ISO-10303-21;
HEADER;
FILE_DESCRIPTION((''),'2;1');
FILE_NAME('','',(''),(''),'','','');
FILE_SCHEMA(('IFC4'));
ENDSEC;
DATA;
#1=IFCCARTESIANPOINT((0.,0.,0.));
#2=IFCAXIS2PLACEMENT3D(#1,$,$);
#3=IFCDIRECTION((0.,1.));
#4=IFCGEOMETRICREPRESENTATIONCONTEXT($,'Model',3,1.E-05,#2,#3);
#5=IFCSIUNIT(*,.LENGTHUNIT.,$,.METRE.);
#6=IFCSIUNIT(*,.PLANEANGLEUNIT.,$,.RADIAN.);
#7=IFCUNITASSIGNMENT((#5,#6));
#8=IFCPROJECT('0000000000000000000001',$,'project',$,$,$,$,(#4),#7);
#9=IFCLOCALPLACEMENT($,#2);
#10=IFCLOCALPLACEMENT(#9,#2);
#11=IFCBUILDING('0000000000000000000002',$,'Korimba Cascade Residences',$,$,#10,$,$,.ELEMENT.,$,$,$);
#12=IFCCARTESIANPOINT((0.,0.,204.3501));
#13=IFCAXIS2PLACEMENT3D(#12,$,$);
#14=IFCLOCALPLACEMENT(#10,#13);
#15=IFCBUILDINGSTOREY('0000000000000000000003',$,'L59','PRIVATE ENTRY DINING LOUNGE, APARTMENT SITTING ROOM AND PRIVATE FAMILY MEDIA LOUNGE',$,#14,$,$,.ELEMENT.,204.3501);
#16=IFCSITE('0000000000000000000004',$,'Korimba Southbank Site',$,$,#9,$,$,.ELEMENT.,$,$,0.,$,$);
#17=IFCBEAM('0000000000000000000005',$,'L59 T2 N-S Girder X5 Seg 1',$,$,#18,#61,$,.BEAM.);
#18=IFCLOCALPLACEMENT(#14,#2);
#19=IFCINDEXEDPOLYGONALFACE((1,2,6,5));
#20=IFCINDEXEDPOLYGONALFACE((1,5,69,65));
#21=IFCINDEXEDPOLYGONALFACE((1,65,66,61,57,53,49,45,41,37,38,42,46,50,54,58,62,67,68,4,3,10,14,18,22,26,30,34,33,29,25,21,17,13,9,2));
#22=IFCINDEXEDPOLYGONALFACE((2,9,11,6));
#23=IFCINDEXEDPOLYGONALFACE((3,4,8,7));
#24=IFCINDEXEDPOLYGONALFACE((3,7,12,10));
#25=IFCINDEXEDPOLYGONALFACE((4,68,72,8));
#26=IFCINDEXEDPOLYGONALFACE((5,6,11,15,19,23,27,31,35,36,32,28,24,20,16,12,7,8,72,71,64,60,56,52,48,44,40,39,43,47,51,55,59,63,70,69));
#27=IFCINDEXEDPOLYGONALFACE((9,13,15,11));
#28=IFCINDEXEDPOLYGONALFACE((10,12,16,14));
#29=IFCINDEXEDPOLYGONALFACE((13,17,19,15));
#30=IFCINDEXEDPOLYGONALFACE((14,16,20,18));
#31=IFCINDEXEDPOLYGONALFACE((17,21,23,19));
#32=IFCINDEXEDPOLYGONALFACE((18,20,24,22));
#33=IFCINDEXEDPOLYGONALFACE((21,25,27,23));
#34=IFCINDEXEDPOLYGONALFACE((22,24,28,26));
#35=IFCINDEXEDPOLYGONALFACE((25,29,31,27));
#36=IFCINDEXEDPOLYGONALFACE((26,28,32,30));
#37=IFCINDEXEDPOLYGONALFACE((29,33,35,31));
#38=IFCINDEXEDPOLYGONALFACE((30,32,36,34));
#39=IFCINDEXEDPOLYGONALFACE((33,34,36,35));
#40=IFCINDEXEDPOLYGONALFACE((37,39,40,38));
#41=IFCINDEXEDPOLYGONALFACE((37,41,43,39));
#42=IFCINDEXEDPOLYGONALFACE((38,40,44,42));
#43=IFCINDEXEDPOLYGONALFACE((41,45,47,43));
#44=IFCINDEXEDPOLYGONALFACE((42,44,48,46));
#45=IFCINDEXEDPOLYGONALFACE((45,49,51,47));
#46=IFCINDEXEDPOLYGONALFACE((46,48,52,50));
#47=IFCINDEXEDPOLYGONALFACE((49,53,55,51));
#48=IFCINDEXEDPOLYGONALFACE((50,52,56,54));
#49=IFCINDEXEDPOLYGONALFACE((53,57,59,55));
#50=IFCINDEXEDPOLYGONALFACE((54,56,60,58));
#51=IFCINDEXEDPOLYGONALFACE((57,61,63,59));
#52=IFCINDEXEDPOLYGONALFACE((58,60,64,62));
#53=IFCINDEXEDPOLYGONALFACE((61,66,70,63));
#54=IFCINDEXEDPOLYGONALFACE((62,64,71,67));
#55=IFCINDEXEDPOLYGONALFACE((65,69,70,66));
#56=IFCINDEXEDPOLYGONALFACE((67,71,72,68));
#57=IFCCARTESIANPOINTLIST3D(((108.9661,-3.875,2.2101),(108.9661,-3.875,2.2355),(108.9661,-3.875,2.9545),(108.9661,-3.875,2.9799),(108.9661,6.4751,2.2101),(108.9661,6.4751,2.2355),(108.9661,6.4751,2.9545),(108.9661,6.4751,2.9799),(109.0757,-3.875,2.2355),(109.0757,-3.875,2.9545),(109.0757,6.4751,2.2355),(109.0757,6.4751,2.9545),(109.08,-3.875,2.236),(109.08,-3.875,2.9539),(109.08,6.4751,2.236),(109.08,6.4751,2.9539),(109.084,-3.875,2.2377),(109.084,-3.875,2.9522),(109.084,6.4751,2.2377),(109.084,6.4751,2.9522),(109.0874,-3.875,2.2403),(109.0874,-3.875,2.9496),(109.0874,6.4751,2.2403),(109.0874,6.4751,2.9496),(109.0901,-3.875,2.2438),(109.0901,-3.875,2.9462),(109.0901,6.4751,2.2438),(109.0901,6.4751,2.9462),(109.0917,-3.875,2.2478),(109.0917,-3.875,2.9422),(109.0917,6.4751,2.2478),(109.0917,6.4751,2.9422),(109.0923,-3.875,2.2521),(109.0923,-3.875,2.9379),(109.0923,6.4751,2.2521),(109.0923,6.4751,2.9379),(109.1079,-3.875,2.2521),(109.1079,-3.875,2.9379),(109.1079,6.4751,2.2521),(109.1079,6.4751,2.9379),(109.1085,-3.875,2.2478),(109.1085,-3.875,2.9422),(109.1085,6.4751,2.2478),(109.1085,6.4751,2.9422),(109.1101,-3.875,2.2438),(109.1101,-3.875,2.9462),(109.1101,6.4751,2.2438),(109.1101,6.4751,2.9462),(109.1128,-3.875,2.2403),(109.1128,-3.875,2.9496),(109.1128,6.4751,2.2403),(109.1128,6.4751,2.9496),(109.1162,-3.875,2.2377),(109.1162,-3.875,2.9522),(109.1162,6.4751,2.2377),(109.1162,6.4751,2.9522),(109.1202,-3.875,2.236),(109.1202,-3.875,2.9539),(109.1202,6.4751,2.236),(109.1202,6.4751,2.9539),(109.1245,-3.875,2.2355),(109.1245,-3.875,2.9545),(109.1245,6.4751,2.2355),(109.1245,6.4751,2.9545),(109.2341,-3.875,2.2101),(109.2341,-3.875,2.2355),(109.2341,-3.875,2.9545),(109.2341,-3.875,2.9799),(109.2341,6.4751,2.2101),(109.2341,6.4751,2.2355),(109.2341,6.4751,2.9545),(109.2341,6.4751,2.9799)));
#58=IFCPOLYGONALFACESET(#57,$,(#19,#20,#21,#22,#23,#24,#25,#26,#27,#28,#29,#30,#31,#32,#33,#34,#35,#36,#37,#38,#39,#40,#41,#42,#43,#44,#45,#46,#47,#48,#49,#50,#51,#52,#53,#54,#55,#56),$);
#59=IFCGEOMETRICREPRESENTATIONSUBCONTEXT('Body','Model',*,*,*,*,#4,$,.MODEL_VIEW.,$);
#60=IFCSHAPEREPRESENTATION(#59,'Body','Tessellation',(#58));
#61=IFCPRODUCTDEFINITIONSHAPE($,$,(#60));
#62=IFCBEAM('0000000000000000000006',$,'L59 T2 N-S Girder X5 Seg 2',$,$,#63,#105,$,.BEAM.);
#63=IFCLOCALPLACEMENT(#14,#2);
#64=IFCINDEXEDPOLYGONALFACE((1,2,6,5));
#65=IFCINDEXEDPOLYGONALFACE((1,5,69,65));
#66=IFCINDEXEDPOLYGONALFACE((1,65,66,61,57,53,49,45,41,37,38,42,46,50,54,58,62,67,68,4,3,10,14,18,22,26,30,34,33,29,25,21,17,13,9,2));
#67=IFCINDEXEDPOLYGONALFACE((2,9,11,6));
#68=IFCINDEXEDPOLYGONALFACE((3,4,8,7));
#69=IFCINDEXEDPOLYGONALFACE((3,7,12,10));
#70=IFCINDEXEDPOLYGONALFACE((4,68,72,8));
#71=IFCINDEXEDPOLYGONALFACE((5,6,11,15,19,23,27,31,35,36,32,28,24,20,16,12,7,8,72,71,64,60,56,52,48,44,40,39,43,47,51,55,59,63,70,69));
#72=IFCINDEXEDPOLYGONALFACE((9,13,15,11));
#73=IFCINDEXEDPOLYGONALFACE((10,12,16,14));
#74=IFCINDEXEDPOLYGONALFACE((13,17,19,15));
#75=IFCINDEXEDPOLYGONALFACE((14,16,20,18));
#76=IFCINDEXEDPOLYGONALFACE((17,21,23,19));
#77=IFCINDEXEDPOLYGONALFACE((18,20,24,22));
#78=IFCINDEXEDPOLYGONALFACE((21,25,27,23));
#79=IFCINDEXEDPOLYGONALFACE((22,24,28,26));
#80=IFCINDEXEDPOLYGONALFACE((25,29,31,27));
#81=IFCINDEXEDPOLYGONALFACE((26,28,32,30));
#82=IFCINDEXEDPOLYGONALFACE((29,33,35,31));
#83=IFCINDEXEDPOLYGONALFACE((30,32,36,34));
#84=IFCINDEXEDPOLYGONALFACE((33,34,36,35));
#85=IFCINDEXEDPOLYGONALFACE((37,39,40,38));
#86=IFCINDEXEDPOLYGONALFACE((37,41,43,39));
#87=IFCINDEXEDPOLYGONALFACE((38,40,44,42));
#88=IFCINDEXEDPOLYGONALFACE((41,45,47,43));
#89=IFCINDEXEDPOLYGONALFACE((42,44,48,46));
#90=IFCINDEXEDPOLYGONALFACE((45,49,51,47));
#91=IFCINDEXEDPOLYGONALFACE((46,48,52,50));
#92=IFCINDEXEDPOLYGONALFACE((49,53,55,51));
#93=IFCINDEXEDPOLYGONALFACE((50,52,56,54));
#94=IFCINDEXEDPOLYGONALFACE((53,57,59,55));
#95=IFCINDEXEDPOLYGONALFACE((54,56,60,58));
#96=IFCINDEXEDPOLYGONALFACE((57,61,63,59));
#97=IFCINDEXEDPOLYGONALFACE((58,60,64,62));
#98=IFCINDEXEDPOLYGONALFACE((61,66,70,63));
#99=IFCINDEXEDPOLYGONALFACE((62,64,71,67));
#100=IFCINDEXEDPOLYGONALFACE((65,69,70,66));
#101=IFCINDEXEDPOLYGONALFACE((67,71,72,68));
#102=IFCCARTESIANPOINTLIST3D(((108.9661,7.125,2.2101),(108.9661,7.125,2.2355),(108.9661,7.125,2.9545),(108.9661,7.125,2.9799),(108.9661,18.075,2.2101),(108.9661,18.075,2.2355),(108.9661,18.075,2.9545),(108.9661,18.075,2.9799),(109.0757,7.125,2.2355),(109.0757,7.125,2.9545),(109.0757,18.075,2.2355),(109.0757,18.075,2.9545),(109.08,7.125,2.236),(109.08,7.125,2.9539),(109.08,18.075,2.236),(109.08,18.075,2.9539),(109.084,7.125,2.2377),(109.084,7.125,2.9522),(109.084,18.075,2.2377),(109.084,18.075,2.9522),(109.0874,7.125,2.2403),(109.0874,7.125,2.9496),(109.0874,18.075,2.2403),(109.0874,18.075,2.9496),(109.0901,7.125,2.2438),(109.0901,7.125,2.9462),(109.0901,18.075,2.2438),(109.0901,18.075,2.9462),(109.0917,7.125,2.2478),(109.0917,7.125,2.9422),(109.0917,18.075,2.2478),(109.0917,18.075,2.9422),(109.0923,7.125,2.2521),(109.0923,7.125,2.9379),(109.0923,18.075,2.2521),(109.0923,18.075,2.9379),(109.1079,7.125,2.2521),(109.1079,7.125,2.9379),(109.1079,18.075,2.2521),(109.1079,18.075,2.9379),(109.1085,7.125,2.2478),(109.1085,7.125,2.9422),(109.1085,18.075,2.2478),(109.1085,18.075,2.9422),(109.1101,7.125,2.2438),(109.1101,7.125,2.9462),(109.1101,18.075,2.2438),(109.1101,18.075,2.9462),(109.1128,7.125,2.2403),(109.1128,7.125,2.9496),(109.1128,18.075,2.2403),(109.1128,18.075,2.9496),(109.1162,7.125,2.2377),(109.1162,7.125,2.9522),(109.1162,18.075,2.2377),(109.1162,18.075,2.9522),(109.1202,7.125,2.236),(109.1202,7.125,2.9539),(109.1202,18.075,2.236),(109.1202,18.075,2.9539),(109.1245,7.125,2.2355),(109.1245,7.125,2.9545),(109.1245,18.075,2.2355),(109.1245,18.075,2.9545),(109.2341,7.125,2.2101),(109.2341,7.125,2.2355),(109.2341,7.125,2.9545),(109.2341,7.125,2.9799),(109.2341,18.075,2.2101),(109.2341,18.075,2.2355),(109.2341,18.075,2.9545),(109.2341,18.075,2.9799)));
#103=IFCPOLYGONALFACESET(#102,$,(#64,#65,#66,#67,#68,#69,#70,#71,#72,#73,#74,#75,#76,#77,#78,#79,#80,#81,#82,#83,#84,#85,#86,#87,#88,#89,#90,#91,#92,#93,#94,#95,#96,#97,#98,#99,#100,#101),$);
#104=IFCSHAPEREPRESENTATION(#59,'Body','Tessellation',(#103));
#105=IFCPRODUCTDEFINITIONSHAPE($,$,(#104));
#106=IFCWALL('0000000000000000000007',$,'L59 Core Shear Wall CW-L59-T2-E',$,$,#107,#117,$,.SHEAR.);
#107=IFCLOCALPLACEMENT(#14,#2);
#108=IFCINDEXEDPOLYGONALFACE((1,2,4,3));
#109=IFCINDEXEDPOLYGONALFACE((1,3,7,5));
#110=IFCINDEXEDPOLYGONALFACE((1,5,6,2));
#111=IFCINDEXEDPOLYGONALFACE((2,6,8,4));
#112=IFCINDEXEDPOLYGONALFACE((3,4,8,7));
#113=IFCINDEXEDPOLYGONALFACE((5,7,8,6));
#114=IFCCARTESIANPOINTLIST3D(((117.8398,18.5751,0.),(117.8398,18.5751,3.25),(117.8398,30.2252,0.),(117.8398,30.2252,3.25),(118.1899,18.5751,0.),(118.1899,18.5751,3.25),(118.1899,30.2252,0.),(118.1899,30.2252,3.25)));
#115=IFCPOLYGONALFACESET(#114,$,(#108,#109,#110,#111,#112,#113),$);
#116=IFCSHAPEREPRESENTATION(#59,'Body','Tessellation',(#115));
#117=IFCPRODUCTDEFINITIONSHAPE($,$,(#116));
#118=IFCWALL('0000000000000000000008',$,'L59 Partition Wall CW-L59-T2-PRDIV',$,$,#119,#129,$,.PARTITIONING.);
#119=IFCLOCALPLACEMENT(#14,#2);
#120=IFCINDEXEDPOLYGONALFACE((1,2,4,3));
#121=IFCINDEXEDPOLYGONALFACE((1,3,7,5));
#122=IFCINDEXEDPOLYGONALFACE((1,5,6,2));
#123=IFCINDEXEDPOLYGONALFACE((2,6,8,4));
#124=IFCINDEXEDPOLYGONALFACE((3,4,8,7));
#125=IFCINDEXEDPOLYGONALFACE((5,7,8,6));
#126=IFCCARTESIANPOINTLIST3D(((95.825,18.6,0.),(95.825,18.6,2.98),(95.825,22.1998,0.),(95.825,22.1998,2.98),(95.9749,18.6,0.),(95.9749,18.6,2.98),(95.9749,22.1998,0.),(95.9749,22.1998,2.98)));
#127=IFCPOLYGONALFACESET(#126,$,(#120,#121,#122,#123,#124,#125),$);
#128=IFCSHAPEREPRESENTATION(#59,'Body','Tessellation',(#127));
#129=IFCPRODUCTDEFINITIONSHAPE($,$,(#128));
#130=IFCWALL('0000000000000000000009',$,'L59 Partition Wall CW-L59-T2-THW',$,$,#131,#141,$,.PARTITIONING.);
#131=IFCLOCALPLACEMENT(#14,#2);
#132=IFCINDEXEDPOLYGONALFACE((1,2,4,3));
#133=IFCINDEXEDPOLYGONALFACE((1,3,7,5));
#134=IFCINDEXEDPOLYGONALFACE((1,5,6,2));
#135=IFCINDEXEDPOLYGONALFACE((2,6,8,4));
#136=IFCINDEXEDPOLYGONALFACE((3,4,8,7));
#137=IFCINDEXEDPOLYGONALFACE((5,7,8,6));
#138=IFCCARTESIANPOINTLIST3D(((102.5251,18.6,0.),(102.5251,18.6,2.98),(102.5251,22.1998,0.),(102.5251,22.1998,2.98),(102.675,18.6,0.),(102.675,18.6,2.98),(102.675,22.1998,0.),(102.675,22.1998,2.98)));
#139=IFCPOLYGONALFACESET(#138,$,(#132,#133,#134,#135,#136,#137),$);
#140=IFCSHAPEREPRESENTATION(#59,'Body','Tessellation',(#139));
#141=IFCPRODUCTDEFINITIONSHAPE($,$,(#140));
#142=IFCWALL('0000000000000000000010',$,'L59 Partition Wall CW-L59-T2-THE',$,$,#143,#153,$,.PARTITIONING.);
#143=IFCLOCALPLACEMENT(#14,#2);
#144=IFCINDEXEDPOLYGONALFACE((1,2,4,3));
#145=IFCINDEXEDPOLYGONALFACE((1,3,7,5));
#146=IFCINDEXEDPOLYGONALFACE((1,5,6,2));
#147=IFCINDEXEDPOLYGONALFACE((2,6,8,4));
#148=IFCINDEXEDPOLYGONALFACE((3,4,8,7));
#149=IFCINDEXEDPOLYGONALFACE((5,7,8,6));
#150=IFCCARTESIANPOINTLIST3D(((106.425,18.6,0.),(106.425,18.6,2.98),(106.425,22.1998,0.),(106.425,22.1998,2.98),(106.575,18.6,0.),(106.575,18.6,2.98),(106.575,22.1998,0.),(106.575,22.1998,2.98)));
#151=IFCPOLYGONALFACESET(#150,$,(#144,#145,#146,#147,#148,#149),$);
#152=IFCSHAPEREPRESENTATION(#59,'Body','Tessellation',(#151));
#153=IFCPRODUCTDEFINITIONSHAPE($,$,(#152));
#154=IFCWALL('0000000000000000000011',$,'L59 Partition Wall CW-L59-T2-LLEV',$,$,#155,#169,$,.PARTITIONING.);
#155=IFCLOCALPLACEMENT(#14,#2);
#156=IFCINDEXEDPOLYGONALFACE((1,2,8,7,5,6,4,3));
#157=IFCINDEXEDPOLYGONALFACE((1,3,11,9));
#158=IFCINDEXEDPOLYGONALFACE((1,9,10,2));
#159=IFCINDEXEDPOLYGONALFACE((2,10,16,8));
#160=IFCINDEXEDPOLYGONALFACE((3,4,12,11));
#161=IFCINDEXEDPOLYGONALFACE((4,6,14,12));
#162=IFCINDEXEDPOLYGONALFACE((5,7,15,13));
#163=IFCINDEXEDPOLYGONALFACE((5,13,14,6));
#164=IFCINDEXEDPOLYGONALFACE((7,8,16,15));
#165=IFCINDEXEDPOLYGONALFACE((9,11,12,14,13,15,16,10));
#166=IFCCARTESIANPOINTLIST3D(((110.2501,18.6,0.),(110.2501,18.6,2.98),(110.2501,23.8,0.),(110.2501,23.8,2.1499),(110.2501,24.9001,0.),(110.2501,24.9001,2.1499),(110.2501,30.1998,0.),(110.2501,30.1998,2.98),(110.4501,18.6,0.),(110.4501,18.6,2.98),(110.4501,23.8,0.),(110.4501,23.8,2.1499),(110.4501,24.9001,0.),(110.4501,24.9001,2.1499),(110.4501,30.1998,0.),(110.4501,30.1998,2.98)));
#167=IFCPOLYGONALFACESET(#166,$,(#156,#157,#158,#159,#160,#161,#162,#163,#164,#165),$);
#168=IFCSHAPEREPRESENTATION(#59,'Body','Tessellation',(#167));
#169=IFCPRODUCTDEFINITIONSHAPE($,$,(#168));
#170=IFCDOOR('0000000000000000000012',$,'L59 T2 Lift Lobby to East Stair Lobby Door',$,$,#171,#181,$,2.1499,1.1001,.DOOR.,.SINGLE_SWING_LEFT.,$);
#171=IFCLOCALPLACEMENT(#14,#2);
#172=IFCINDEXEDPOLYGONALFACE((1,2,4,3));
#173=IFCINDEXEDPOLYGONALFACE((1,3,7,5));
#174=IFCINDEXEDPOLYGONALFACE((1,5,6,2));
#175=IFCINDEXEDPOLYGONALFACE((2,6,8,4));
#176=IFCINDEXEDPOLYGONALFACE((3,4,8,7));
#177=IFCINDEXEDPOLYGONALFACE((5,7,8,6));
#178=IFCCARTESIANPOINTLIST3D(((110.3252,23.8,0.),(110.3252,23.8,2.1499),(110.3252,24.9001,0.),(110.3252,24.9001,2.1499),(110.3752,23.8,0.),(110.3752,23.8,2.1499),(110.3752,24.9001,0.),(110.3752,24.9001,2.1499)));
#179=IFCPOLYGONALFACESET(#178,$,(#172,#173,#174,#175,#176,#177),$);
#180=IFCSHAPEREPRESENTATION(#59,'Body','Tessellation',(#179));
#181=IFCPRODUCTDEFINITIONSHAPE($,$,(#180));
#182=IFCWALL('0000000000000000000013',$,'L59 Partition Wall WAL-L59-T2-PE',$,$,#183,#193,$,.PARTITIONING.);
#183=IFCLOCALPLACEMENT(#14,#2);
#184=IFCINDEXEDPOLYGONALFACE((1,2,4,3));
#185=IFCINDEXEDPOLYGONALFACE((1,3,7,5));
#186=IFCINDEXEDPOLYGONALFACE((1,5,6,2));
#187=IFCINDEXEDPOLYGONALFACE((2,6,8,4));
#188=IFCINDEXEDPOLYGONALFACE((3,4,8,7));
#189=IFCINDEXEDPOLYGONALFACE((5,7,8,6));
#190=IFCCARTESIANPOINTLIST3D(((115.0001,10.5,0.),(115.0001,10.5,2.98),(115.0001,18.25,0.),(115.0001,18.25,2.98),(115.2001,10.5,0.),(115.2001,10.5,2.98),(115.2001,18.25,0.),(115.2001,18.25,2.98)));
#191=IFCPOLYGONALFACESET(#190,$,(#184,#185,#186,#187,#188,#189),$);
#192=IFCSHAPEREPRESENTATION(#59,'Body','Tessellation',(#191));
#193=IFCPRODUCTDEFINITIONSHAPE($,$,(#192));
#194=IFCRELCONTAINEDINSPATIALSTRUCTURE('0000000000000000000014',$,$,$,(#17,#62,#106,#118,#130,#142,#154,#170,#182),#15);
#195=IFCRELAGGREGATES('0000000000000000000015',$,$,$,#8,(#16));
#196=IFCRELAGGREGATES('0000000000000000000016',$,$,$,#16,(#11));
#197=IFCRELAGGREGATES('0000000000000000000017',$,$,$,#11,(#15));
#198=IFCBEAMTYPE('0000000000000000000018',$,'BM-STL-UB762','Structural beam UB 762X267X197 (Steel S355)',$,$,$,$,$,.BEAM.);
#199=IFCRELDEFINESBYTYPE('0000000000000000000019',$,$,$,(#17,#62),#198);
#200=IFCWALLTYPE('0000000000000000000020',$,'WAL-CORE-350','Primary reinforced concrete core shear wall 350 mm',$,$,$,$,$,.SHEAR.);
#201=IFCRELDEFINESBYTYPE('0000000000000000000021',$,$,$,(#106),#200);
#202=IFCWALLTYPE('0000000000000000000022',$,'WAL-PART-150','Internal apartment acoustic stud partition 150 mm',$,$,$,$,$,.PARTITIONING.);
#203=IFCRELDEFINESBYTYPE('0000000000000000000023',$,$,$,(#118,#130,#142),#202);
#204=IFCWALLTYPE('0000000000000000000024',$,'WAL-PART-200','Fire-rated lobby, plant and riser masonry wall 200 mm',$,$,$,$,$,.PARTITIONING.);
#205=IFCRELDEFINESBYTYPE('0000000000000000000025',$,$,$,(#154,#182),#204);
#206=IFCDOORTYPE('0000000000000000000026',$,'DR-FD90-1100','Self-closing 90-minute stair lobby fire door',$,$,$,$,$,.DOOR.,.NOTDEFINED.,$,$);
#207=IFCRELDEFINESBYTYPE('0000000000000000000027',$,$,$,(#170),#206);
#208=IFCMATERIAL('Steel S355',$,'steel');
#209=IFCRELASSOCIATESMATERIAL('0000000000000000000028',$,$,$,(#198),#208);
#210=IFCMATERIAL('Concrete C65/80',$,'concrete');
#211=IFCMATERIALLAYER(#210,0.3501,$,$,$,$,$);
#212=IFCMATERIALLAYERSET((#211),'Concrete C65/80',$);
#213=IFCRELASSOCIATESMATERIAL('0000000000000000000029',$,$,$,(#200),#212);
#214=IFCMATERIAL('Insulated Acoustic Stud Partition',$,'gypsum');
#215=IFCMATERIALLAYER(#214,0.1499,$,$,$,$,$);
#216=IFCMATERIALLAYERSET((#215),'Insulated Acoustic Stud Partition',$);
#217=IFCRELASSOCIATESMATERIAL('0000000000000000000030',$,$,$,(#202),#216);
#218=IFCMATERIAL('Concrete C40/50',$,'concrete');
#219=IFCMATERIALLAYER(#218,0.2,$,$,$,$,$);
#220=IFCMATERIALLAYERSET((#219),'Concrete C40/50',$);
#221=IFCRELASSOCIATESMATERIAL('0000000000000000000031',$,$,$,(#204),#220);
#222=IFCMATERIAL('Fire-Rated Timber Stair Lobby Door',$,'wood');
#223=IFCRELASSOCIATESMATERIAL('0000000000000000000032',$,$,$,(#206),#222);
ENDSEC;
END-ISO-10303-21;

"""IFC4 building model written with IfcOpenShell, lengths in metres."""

from ifc_helpers import new_model, si_unit, direction, frame, frame_2d, origin, origin_2d, place, context, subcontext, project, spatial, rectangle, i_section, extrude, material, layer, layer_set, material_profile, profile_set, type_object, element, fill, save


model = new_model("IFC4")

# Units and contexts
model_context = context("Model", 3, precision=1e-05, world=origin(), true_north=direction((0.0, 1.0)))
body_context = subcontext(model_context, "Body", "Model", "MODEL_VIEW")
ifc_project = project(units=[si_unit("LENGTHUNIT", "METRE"), si_unit("PLANEANGLEUNIT", "RADIAN")], contexts=[model_context])

# Site, building, storey
site_placement = place(None, origin())
site = spatial("IfcSite", under=ifc_project, at=site_placement, Name="Korimba Southbank Site", CompositionType="ELEMENT", RefElevation=0.0)
building_placement = place(site_placement, origin())
building = spatial("IfcBuilding", under=site, at=building_placement, Name="Korimba Cascade Residences", CompositionType="ELEMENT")
storey_placement = place(building_placement, frame((0.0, 0.0, 204.3501)))
storey = spatial("IfcBuildingStorey", under=building, at=storey_placement, Name="L59", Description="PRIVATE ENTRY DINING LOUNGE, APARTMENT SITTING ROOM AND PRIVATE FAMILY MEDIA LOUNGE", CompositionType="ELEMENT", Elevation=204.3501)

# Beams
ifc_material_1 = material(Name="Steel S355", Category="steel")
ifc_material_profile_1 = material_profile(ifc_material_1, i_section(OverallWidth=0.2681, OverallDepth=0.7698, WebThickness=0.0156, FlangeThickness=0.0254, FilletRadius=0.0166, at=origin_2d()), Name="Steel S355")
ifc_profile_set_1 = profile_set([ifc_material_profile_1], Name="Steel S355")
beam_type_1 = type_object("IfcBeamType", Name="BM-STL-UB762", Description="Structural beam UB 762X267X197 (Steel S355)", PredefinedType="BEAM", material=ifc_profile_set_1)
beam_1_placement = place(storey_placement, frame((109.1001, -3.875, 2.595), z_axis=(0.0, 1.0, 0.0), x_axis=(-1.0, 0.0, 0.0)))
element("IfcBeam", 1, at=beam_1_placement, inside=storey, type_object=beam_type_1, Name="L59 T2 N-S Girder X5 Seg 1", PredefinedType="BEAM", context=body_context, shape_type="SweptSolid", body=[
    extrude(i_section(OverallWidth=0.2681, OverallDepth=0.7698, WebThickness=0.0156, FlangeThickness=0.0254, FilletRadius=0.0166, at=origin_2d()), origin(), (0.0, 0.0, 1.0), 10.3501),
])
beam_2_placement = place(storey_placement, frame((109.1001, 7.125, 2.595), z_axis=(0.0, 1.0, 0.0), x_axis=(-1.0, 0.0, 0.0)))
element("IfcBeam", 2, at=beam_2_placement, inside=storey, type_object=beam_type_1, Name="L59 T2 N-S Girder X5 Seg 2", PredefinedType="BEAM", context=body_context, shape_type="SweptSolid", body=[
    extrude(i_section(OverallWidth=0.2681, OverallDepth=0.7698, WebThickness=0.0156, FlangeThickness=0.0254, FilletRadius=0.0166, at=origin_2d()), origin(), (0.0, 0.0, 1.0), 10.95),
])

# Walls
ifc_material_2 = material(Name="Concrete C65/80", Category="concrete")
ifc_layer_1 = layer(ifc_material_2, 0.3501)
ifc_layer_set_1 = layer_set([ifc_layer_1], Name="Concrete C65/80")
wall_type_1 = type_object("IfcWallType", Name="WAL-CORE-350", Description="Primary reinforced concrete core shear wall 350 mm", PredefinedType="SHEAR", material=ifc_layer_set_1)
wall_1_placement = place(storey_placement, frame((118.0149, 18.575, 0.0), z_axis=(0.0, 0.0, 1.0), x_axis=(0.0, 1.0, 0.0)))
element("IfcWall", 3, at=wall_1_placement, inside=storey, type_object=wall_type_1, Name="L59 Core Shear Wall CW-L59-T2-E", PredefinedType="SHEAR", context=body_context, shape_type="SweptSolid", body=[
    extrude(rectangle(XDim=11.6501, YDim=0.3501, at=frame_2d((5.8252, 0.0))), origin(), (0.0, 0.0, 1.0), 3.25),
])
ifc_material_3 = material(Name="Insulated Acoustic Stud Partition", Category="gypsum")
ifc_layer_2 = layer(ifc_material_3, 0.1499)
ifc_layer_set_2 = layer_set([ifc_layer_2], Name="Insulated Acoustic Stud Partition")
wall_type_2 = type_object("IfcWallType", Name="WAL-PART-150", Description="Internal apartment acoustic stud partition 150 mm", PredefinedType="PARTITIONING", material=ifc_layer_set_2)
for number, where, z_axis, x_axis, name in (
    (4, (95.8999, 18.6001, 0.0), (0.0, 0.0, 1.0), (0.0, 1.0, 0.0), "L59 Partition Wall CW-L59-T2-PRDIV"),
    (5, (102.6001, 18.6001, 0.0), (0.0, 0.0, 1.0), (0.0, 1.0, 0.0), "L59 Partition Wall CW-L59-T2-THW"),
    (6, (106.5, 18.6001, 0.0), (0.0, 0.0, 1.0), (0.0, 1.0, 0.0), "L59 Partition Wall CW-L59-T2-THE"),
):
    element("IfcWall", number, at=place(storey_placement, frame(where, z_axis=z_axis, x_axis=x_axis)), inside=storey, type_object=wall_type_2, Name=name, PredefinedType="PARTITIONING", context=body_context, shape_type="SweptSolid", body=[
        extrude(rectangle(XDim=3.5999, YDim=0.1499, at=frame_2d((1.7998, 0.0))), origin(), (0.0, 0.0, 1.0), 2.98),
    ])

# Wall, opening, door
ifc_material_4 = material(Name="Concrete C40/50", Category="concrete")
ifc_layer_3 = layer(ifc_material_4, 0.2)
ifc_layer_set_3 = layer_set([ifc_layer_3], Name="Concrete C40/50")
wall_type_3 = type_object("IfcWallType", Name="WAL-PART-200", Description="Fire-rated lobby, plant and riser masonry wall 200 mm", PredefinedType="PARTITIONING", material=ifc_layer_set_3)
wall_2_placement = place(storey_placement, frame((110.3501, 18.6001, 0.0), z_axis=(0.0, 0.0, 1.0), x_axis=(0.0, 1.0, 0.0)))
wall_2 = element("IfcWall", 7, at=wall_2_placement, inside=storey, type_object=wall_type_3, Name="L59 Partition Wall CW-L59-T2-LLEV", PredefinedType="PARTITIONING", context=body_context, shape_type="SweptSolid", body=[
    extrude(rectangle(XDim=11.5999, YDim=0.2, at=frame_2d((5.7998, 0.0))), origin(), (0.0, 0.0, 1.0), 2.98),
])
opening_placement = place(wall_2_placement, frame((5.2, 0.0, 0.0)))
opening = element("IfcOpeningElement", 8, at=opening_placement, cuts=wall_2, PredefinedType="OPENING", context=body_context, shape_type="SweptSolid", body=[
    extrude(rectangle(XDim=1.1001, YDim=2.1499, at=frame_2d((0.55, 1.075))), frame((0.0, 0.1099, 0.0), z_axis=(0.0, -1.0, 0.0), x_axis=(1.0, 0.0, 0.0)), (0.0, 0.0, 1.0), 0.22),
])
ifc_material_5 = material(Name="Fire-Rated Timber Stair Lobby Door", Category="wood")
door_type = type_object("IfcDoorType", Name="DR-FD90-1100", Description="Self-closing 90-minute stair lobby fire door", OperationType="NOTDEFINED", PredefinedType="DOOR", material=ifc_material_5)
door_placement = place(opening_placement, origin())
door = element("IfcDoor", 9, at=door_placement, inside=storey, type_object=door_type, Name="L59 T2 Lift Lobby to East Stair Lobby Door", OperationType="SINGLE_SWING_LEFT", OverallHeight=2.1499, OverallWidth=1.1001, PredefinedType="DOOR", context=body_context, shape_type="SweptSolid", body=[
    extrude(rectangle(XDim=1.1001, YDim=2.1499, at=frame_2d((0.55, 1.075))), frame((0.0, 0.0249, 0.0), z_axis=(0.0, -1.0, 0.0), x_axis=(1.0, 0.0, 0.0)), (0.0, 0.0, 1.0), 0.05),
])
fill(opening, door)

# Wall
wall_3_placement = place(storey_placement, frame((115.1001, 10.5, 0.0), z_axis=(0.0, 0.0, 1.0), x_axis=(0.0, 1.0, 0.0)))
element("IfcWall", 10, at=wall_3_placement, inside=storey, type_object=wall_type_3, Name="L59 Partition Wall WAL-L59-T2-PE", PredefinedType="PARTITIONING", context=body_context, shape_type="SweptSolid", body=[
    extrude(rectangle(XDim=7.75, YDim=0.2, at=frame_2d((3.875, 0.0))), origin(), (0.0, 0.0, 1.0), 2.98),
])

save(model, "model.ifc")
